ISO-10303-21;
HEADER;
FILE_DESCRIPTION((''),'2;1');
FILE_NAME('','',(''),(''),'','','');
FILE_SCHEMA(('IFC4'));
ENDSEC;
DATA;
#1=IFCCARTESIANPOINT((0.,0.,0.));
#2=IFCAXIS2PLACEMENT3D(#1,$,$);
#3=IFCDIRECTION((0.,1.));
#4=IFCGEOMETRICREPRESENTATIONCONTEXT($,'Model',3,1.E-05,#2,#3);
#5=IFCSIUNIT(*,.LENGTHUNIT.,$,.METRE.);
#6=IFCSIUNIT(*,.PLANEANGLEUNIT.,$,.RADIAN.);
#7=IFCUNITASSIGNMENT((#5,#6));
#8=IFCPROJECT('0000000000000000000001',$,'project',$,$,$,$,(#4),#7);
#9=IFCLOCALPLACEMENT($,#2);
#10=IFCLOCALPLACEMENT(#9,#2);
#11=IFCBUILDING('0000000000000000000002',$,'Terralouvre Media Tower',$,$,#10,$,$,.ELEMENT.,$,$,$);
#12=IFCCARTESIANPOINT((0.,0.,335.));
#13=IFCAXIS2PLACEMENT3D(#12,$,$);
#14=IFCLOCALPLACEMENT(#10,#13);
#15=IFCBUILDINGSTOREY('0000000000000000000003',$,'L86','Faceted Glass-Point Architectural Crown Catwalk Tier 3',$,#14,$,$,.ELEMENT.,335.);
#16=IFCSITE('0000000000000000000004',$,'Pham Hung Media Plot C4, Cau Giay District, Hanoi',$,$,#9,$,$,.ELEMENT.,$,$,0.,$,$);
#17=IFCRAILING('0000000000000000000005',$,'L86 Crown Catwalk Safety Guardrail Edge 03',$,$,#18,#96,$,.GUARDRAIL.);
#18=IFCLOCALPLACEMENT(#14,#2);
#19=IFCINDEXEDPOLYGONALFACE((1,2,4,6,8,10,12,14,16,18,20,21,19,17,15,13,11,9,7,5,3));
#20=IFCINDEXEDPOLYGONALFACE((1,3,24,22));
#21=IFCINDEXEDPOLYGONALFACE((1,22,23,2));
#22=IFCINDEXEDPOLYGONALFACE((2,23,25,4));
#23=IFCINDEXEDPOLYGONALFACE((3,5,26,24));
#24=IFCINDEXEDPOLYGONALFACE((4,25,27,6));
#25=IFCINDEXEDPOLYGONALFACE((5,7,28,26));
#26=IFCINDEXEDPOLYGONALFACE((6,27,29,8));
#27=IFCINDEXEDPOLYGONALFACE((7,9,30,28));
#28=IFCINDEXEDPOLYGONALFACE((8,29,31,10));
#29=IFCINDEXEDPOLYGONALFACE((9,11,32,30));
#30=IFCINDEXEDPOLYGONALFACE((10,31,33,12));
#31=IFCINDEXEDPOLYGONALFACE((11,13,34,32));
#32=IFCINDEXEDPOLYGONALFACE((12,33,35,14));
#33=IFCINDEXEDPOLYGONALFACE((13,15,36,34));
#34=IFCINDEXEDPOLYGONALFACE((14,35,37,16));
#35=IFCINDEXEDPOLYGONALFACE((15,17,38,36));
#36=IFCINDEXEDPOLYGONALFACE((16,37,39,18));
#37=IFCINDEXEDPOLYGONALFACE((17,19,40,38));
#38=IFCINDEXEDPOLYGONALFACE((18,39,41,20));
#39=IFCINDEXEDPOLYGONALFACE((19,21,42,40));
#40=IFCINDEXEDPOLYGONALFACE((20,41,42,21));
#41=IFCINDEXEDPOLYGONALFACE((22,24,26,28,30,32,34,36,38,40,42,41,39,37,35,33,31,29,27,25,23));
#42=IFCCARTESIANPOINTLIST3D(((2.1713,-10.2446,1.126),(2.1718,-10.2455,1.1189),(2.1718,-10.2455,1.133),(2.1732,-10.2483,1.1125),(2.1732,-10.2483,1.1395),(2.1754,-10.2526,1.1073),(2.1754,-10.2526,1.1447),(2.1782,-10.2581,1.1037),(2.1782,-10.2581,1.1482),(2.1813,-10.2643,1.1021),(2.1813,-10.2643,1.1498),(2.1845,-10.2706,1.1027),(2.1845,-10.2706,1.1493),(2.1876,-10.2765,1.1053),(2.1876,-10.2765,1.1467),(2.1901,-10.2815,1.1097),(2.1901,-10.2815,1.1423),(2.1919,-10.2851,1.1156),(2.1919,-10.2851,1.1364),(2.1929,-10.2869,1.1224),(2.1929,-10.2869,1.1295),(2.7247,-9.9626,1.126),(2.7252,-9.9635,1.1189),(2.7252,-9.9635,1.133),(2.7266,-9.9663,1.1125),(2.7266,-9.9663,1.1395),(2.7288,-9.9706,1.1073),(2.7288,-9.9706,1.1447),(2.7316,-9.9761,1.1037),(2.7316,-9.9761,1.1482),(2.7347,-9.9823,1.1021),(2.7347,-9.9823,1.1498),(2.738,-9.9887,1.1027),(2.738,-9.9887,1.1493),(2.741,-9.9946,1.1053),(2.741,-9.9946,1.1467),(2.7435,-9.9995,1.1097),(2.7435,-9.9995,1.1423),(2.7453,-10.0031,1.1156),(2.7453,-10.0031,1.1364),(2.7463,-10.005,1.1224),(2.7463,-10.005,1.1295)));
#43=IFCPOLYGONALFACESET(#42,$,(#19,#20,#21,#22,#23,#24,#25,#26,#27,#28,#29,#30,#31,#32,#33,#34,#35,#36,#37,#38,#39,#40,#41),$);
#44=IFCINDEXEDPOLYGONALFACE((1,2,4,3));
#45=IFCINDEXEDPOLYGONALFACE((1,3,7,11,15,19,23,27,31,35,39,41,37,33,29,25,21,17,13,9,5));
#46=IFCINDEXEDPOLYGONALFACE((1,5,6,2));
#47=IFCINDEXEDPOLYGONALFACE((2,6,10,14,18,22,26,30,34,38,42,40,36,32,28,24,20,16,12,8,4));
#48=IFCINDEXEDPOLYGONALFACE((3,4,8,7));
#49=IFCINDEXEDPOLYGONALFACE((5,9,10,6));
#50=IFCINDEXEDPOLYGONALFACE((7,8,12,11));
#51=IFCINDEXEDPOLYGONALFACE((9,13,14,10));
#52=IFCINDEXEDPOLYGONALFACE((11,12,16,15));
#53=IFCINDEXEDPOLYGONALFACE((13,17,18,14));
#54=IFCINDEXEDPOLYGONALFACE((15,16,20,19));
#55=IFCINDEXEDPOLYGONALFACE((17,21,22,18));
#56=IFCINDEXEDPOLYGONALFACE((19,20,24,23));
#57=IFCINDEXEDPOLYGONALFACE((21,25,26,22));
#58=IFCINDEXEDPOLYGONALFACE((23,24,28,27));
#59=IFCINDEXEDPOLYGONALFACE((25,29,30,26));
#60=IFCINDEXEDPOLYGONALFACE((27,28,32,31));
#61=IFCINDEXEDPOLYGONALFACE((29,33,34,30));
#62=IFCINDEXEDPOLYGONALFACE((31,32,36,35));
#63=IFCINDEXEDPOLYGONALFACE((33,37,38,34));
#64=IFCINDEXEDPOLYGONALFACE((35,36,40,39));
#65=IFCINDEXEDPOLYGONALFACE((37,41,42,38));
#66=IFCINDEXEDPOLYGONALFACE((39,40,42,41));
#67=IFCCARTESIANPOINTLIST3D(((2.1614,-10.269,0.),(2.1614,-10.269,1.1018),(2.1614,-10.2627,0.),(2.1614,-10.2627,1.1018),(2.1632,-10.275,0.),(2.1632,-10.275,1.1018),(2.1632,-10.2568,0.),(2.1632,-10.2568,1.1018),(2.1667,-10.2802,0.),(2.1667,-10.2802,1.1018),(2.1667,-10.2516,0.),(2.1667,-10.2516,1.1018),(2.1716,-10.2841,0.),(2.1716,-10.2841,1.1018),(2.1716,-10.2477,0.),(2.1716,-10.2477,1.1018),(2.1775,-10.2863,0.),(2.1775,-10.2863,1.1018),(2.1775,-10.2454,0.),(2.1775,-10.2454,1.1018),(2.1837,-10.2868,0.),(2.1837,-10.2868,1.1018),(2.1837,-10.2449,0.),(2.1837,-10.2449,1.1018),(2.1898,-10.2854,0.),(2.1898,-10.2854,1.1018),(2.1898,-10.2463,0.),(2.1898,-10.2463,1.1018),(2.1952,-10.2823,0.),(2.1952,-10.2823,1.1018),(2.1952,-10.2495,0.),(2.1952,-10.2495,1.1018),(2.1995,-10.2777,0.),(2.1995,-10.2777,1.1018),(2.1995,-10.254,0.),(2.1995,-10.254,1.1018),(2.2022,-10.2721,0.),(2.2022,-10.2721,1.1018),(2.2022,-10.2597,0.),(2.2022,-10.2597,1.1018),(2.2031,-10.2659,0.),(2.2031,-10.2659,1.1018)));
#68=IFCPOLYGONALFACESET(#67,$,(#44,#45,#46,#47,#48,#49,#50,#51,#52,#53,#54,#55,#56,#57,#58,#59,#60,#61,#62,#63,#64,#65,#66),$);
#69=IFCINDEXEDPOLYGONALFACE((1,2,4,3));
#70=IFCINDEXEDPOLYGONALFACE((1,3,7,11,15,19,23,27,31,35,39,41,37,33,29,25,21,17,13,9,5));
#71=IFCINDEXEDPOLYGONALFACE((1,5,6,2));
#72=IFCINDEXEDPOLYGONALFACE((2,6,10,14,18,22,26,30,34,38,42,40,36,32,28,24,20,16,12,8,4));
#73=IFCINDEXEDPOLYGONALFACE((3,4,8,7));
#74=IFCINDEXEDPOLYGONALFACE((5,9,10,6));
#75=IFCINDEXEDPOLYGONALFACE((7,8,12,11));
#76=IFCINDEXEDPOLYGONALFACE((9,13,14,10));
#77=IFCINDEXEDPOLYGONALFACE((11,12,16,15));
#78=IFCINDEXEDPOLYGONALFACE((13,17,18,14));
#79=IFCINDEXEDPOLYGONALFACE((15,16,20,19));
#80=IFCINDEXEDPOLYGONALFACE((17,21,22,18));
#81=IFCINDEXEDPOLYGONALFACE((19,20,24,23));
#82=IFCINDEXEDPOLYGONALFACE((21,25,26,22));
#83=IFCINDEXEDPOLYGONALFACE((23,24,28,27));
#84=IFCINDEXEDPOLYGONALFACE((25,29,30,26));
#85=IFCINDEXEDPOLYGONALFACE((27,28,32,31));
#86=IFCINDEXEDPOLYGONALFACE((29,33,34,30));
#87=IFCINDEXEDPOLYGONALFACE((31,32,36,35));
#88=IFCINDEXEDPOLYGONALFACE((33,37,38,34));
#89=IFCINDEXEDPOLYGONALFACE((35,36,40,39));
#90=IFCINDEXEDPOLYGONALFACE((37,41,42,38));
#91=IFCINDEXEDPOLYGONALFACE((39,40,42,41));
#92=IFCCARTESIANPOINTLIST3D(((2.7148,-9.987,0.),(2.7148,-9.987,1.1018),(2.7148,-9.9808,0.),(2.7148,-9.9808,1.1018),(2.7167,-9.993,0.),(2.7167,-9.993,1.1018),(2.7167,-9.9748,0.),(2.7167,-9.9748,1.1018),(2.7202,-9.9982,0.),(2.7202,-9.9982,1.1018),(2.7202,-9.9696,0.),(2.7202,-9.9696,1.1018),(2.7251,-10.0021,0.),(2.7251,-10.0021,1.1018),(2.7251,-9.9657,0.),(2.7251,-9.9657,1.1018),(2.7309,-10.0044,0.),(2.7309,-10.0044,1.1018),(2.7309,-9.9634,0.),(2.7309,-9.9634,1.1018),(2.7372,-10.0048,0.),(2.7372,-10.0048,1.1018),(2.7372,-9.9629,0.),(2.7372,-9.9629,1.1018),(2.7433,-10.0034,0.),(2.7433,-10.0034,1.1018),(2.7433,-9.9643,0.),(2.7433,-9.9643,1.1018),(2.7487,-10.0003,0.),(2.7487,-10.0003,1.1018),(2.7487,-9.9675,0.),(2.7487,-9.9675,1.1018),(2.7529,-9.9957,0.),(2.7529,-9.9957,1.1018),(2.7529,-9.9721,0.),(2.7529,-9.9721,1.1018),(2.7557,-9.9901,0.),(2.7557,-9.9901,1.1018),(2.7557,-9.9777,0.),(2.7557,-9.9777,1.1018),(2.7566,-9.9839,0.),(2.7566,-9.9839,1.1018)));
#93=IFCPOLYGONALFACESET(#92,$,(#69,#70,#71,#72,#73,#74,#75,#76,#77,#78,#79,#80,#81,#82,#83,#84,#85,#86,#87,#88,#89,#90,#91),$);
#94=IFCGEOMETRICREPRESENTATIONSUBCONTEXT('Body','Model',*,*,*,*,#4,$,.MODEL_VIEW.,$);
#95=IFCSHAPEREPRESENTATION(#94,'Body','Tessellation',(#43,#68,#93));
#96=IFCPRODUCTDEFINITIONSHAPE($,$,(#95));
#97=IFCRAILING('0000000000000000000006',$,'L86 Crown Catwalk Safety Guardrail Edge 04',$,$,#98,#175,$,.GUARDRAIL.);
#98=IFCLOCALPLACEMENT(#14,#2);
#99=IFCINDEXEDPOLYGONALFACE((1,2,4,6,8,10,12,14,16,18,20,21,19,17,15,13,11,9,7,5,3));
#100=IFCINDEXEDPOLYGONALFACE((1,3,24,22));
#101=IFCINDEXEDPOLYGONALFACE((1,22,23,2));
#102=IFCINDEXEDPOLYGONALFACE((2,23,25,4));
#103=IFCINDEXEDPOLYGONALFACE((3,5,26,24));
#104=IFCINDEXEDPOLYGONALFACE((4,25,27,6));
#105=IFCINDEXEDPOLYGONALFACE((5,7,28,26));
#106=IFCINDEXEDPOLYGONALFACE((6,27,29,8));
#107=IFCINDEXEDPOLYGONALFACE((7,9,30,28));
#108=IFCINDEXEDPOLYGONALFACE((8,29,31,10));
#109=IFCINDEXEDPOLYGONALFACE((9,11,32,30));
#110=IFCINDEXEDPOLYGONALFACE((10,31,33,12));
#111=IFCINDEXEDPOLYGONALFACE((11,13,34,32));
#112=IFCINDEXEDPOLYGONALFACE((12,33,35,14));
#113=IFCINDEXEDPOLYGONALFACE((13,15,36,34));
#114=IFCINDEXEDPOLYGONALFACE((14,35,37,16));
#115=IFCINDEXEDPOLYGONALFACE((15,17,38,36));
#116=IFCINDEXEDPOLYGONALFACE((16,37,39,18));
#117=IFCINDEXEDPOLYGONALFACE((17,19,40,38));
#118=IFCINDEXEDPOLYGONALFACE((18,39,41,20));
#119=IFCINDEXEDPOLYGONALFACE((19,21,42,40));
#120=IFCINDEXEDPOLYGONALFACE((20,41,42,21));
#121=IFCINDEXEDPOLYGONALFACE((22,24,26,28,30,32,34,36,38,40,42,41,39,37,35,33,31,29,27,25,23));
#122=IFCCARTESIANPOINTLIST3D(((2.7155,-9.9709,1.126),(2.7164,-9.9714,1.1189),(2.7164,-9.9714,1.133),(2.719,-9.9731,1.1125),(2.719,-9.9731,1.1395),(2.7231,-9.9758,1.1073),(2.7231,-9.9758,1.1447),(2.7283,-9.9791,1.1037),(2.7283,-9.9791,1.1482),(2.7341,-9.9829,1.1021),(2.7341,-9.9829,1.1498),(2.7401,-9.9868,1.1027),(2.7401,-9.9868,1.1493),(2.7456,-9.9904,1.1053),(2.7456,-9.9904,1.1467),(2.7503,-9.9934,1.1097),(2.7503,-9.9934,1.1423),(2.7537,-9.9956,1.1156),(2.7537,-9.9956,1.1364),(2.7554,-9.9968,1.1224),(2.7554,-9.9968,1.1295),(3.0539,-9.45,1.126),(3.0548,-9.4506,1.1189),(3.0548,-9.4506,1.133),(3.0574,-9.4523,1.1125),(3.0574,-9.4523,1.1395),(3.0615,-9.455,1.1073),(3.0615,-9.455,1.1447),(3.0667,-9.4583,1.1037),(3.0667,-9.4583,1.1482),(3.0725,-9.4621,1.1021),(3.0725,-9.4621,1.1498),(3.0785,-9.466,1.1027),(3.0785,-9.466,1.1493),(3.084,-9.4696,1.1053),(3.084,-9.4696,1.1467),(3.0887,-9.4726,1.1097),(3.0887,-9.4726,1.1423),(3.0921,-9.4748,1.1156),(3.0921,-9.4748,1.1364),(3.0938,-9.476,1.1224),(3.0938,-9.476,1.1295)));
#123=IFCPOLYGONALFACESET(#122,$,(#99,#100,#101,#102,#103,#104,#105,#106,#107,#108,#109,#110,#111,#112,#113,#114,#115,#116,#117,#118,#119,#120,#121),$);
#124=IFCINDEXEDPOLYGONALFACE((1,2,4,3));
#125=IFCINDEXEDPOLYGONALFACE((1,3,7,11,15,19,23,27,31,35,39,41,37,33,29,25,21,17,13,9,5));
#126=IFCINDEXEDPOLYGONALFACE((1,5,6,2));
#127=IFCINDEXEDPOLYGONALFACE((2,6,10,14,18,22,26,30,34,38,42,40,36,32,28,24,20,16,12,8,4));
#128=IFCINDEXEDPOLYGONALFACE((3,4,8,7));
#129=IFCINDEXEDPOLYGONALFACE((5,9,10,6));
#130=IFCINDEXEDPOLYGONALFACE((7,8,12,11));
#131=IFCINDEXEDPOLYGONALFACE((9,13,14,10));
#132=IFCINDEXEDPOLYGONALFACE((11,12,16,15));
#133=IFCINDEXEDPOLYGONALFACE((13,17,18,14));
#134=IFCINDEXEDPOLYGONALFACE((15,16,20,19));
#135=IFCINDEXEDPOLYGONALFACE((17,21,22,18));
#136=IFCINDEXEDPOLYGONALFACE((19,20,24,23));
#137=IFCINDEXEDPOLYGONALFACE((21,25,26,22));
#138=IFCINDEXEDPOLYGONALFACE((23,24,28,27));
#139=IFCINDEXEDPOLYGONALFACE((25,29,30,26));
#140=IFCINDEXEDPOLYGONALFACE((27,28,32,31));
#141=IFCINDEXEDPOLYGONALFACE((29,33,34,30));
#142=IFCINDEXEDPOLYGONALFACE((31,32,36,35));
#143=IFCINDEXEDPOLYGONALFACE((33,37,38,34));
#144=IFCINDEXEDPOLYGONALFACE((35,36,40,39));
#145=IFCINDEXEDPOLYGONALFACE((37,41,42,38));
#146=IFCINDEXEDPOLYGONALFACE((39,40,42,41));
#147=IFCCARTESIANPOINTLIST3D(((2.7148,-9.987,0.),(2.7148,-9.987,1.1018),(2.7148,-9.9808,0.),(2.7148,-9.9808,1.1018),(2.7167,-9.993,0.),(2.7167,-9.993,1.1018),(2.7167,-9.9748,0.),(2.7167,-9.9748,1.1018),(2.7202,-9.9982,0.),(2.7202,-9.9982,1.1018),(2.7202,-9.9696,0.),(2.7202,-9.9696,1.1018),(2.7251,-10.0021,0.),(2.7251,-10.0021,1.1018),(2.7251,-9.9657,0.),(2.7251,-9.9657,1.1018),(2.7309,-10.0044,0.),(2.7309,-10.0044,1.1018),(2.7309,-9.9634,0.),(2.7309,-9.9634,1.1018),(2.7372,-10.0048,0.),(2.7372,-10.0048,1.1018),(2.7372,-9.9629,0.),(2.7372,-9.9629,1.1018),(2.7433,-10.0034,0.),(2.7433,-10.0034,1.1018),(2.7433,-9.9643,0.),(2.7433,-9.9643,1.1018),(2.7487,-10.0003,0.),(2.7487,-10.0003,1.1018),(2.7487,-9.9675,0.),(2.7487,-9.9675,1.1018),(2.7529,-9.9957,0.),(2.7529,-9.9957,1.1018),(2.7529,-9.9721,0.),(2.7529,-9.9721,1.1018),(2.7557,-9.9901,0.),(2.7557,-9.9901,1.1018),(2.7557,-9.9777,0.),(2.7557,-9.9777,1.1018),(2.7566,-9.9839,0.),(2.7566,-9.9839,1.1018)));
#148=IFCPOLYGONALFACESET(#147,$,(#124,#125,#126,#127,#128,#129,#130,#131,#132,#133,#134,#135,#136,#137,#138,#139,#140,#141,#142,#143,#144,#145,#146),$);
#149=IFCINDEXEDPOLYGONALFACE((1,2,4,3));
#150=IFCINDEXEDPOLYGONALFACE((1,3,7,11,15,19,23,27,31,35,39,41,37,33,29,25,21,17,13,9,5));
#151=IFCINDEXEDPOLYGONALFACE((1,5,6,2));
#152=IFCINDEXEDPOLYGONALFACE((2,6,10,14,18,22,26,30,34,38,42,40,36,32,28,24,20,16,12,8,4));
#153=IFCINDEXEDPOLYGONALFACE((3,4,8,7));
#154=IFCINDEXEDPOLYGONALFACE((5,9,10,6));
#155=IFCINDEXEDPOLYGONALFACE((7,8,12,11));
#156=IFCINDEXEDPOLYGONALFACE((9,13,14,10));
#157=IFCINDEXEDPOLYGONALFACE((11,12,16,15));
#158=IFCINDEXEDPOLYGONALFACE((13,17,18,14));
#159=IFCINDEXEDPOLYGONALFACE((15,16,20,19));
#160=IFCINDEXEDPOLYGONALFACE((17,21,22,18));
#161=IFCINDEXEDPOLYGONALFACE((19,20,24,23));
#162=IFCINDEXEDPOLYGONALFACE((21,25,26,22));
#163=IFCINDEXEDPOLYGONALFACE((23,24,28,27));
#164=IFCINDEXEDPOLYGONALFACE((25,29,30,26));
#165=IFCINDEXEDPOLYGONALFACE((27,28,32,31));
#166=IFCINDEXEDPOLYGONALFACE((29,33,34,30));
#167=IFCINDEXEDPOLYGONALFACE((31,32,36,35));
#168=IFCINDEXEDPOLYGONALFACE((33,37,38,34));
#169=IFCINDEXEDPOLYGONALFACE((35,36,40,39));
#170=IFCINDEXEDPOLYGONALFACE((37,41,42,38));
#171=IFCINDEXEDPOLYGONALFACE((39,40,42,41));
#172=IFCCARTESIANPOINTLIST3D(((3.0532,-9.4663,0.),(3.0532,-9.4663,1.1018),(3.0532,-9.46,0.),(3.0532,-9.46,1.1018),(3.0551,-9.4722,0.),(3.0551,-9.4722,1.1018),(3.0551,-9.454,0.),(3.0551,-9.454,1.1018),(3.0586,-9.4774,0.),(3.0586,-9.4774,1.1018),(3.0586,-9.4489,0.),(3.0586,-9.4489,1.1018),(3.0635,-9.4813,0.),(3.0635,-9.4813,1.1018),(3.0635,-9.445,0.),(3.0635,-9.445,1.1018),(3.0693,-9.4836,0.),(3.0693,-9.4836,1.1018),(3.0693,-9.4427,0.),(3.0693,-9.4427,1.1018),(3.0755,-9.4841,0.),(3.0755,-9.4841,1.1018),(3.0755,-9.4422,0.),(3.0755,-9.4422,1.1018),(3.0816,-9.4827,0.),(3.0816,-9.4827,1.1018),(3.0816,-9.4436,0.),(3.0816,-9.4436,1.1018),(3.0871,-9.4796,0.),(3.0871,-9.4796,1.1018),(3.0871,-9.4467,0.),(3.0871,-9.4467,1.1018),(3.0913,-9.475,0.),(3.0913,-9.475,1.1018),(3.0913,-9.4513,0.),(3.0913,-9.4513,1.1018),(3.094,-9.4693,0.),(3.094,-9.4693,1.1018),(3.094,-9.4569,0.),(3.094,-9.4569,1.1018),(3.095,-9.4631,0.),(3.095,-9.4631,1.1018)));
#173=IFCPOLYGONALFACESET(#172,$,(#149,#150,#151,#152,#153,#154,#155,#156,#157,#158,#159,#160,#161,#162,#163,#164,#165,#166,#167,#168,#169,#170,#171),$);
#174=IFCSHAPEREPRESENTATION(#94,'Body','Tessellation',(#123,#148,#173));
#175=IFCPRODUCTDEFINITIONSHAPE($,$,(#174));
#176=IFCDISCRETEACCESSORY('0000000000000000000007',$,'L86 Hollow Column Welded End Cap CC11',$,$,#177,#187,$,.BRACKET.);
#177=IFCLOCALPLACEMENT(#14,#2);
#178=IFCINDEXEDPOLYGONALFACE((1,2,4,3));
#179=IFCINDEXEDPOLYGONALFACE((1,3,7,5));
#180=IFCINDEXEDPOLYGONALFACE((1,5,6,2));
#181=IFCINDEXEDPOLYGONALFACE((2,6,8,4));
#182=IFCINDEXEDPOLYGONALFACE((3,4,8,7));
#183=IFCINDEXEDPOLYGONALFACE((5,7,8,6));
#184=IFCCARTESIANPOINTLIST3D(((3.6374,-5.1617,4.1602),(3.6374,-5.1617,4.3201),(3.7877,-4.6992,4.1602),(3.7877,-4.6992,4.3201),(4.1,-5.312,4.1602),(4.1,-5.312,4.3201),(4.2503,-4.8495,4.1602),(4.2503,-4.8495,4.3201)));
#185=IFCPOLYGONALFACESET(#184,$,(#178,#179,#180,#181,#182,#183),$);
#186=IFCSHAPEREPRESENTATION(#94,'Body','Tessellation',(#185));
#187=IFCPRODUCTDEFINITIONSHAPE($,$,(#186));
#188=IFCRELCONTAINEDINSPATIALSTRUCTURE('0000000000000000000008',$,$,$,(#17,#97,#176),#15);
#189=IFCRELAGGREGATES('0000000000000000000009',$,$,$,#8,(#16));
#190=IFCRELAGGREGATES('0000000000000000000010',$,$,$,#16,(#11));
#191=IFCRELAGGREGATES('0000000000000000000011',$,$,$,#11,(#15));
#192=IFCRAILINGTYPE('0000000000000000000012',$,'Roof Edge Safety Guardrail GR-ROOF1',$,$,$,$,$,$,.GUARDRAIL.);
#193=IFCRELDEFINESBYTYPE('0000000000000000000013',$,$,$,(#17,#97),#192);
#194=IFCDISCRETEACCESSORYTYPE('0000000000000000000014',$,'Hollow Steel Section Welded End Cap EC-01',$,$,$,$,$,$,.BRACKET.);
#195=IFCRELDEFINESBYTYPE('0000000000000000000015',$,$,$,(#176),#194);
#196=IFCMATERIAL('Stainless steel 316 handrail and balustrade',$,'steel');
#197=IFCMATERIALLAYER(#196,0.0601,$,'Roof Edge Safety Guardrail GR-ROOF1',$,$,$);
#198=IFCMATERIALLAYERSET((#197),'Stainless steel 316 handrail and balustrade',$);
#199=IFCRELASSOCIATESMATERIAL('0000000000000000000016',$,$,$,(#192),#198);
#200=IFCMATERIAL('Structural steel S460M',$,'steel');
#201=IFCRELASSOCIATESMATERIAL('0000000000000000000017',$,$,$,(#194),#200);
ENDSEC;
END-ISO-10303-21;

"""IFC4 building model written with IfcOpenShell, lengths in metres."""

from ifc_helpers import new_model, si_unit, direction, frame, origin, origin_2d, place, context, subcontext, project, spatial, rectangle, circle, extrude, material, layer, layer_set, type_object, element, save


model = new_model("IFC4")

# Units and contexts
model_context = context("Model", 3, precision=1e-05, world=origin(), true_north=direction((0.0, 1.0)))
body_context = subcontext(model_context, "Body", "Model", "MODEL_VIEW")
ifc_project = project(units=[si_unit("LENGTHUNIT", "METRE"), si_unit("PLANEANGLEUNIT", "RADIAN")], contexts=[model_context])

# Site, building, storey
site_placement = place(None, origin())
site = spatial("IfcSite", under=ifc_project, at=site_placement, Name="Pham Hung Media Plot C4, Cau Giay District, Hanoi", CompositionType="ELEMENT", RefElevation=0.0)
building_placement = place(site_placement, origin())
building = spatial("IfcBuilding", under=site, at=building_placement, Name="Terralouvre Media Tower", CompositionType="ELEMENT")
storey_placement = place(building_placement, frame((0.0, 0.0, 335.0)))
storey = spatial("IfcBuildingStorey", under=building, at=storey_placement, Name="L86", Description="Faceted Glass-Point Architectural Crown Catwalk Tier 3", CompositionType="ELEMENT", Elevation=335.0)

# Railings
ifc_material_1 = material(Name="Stainless steel 316 handrail and balustrade", Category="steel")
ifc_layer_1 = layer(ifc_material_1, 0.0601, Name="Roof Edge Safety Guardrail GR-ROOF1")
ifc_layer_set_1 = layer_set([ifc_layer_1], Name="Stainless steel 316 handrail and balustrade")
railing_type = type_object("IfcRailingType", Name="Roof Edge Safety Guardrail GR-ROOF1", PredefinedType="GUARDRAIL", material=ifc_layer_set_1)
railing_1_placement = place(storey_placement, frame((2.1821, -10.2659, 0.0)))
element("IfcRailing", 1, at=railing_1_placement, inside=storey, type_object=railing_type, Name="L86 Crown Catwalk Safety Guardrail Edge 03", PredefinedType="GUARDRAIL", context=body_context, shape_type="SweptSolid", body=[
    extrude(circle(Radius=0.0239, at=origin_2d()), frame((0.0, 0.0, 1.126), z_axis=(0.891021, 0.453961, 0.0), x_axis=(-0.453961, 0.891021, 0.0)), (0.0, 0.0, 1.0), 0.6211),
    extrude(circle(Radius=0.021, at=origin_2d()), origin(), (0.0, 0.0, 1.0), 1.1018),
    extrude(circle(Radius=0.021, at=origin_2d()), frame((0.5535, 0.282, 0.0)), (0.0, 0.0, 1.0), 1.1018),
])
railing_2_placement = place(storey_placement, frame((2.7356, -9.9839, 0.0)))
element("IfcRailing", 2, at=railing_2_placement, inside=storey, type_object=railing_type, Name="L86 Crown Catwalk Safety Guardrail Edge 04", PredefinedType="GUARDRAIL", context=body_context, shape_type="SweptSolid", body=[
    extrude(circle(Radius=0.0239, at=origin_2d()), frame((0.0, 0.0, 1.126), z_axis=(0.544864, 0.838524, 0.0), x_axis=(-0.838524, 0.544864, 0.0)), (0.0, 0.0, 1.0), 0.6211),
    extrude(circle(Radius=0.021, at=origin_2d()), origin(), (0.0, 0.0, 1.0), 1.1018),
    extrude(circle(Radius=0.021, at=origin_2d()), frame((0.3384, 0.5208, 0.0)), (0.0, 0.0, 1.0), 1.1018),
])

# Discrete accessory
ifc_material_2 = material(Name="Structural steel S460M", Category="steel")
discrete_accessory_type = type_object("IfcDiscreteAccessoryType", Name="Hollow Steel Section Welded End Cap EC-01", PredefinedType="BRACKET", material=ifc_material_2)
discrete_accessory_placement = place(storey_placement, frame((3.9438, -5.0056, 4.1602), z_axis=(0.0, 0.0, 1.0), x_axis=(0.309017, 0.951057, 0.0)))
element("IfcDiscreteAccessory", 3, at=discrete_accessory_placement, inside=storey, type_object=discrete_accessory_type, Name="L86 Hollow Column Welded End Cap CC11", PredefinedType="BRACKET", context=body_context, shape_type="SweptSolid", body=[
    extrude(rectangle(XDim=0.4863, YDim=0.4863, at=origin_2d()), origin(), (0.0, 0.0, 1.0), 0.1599),
])

save(model, "model.ifc")
